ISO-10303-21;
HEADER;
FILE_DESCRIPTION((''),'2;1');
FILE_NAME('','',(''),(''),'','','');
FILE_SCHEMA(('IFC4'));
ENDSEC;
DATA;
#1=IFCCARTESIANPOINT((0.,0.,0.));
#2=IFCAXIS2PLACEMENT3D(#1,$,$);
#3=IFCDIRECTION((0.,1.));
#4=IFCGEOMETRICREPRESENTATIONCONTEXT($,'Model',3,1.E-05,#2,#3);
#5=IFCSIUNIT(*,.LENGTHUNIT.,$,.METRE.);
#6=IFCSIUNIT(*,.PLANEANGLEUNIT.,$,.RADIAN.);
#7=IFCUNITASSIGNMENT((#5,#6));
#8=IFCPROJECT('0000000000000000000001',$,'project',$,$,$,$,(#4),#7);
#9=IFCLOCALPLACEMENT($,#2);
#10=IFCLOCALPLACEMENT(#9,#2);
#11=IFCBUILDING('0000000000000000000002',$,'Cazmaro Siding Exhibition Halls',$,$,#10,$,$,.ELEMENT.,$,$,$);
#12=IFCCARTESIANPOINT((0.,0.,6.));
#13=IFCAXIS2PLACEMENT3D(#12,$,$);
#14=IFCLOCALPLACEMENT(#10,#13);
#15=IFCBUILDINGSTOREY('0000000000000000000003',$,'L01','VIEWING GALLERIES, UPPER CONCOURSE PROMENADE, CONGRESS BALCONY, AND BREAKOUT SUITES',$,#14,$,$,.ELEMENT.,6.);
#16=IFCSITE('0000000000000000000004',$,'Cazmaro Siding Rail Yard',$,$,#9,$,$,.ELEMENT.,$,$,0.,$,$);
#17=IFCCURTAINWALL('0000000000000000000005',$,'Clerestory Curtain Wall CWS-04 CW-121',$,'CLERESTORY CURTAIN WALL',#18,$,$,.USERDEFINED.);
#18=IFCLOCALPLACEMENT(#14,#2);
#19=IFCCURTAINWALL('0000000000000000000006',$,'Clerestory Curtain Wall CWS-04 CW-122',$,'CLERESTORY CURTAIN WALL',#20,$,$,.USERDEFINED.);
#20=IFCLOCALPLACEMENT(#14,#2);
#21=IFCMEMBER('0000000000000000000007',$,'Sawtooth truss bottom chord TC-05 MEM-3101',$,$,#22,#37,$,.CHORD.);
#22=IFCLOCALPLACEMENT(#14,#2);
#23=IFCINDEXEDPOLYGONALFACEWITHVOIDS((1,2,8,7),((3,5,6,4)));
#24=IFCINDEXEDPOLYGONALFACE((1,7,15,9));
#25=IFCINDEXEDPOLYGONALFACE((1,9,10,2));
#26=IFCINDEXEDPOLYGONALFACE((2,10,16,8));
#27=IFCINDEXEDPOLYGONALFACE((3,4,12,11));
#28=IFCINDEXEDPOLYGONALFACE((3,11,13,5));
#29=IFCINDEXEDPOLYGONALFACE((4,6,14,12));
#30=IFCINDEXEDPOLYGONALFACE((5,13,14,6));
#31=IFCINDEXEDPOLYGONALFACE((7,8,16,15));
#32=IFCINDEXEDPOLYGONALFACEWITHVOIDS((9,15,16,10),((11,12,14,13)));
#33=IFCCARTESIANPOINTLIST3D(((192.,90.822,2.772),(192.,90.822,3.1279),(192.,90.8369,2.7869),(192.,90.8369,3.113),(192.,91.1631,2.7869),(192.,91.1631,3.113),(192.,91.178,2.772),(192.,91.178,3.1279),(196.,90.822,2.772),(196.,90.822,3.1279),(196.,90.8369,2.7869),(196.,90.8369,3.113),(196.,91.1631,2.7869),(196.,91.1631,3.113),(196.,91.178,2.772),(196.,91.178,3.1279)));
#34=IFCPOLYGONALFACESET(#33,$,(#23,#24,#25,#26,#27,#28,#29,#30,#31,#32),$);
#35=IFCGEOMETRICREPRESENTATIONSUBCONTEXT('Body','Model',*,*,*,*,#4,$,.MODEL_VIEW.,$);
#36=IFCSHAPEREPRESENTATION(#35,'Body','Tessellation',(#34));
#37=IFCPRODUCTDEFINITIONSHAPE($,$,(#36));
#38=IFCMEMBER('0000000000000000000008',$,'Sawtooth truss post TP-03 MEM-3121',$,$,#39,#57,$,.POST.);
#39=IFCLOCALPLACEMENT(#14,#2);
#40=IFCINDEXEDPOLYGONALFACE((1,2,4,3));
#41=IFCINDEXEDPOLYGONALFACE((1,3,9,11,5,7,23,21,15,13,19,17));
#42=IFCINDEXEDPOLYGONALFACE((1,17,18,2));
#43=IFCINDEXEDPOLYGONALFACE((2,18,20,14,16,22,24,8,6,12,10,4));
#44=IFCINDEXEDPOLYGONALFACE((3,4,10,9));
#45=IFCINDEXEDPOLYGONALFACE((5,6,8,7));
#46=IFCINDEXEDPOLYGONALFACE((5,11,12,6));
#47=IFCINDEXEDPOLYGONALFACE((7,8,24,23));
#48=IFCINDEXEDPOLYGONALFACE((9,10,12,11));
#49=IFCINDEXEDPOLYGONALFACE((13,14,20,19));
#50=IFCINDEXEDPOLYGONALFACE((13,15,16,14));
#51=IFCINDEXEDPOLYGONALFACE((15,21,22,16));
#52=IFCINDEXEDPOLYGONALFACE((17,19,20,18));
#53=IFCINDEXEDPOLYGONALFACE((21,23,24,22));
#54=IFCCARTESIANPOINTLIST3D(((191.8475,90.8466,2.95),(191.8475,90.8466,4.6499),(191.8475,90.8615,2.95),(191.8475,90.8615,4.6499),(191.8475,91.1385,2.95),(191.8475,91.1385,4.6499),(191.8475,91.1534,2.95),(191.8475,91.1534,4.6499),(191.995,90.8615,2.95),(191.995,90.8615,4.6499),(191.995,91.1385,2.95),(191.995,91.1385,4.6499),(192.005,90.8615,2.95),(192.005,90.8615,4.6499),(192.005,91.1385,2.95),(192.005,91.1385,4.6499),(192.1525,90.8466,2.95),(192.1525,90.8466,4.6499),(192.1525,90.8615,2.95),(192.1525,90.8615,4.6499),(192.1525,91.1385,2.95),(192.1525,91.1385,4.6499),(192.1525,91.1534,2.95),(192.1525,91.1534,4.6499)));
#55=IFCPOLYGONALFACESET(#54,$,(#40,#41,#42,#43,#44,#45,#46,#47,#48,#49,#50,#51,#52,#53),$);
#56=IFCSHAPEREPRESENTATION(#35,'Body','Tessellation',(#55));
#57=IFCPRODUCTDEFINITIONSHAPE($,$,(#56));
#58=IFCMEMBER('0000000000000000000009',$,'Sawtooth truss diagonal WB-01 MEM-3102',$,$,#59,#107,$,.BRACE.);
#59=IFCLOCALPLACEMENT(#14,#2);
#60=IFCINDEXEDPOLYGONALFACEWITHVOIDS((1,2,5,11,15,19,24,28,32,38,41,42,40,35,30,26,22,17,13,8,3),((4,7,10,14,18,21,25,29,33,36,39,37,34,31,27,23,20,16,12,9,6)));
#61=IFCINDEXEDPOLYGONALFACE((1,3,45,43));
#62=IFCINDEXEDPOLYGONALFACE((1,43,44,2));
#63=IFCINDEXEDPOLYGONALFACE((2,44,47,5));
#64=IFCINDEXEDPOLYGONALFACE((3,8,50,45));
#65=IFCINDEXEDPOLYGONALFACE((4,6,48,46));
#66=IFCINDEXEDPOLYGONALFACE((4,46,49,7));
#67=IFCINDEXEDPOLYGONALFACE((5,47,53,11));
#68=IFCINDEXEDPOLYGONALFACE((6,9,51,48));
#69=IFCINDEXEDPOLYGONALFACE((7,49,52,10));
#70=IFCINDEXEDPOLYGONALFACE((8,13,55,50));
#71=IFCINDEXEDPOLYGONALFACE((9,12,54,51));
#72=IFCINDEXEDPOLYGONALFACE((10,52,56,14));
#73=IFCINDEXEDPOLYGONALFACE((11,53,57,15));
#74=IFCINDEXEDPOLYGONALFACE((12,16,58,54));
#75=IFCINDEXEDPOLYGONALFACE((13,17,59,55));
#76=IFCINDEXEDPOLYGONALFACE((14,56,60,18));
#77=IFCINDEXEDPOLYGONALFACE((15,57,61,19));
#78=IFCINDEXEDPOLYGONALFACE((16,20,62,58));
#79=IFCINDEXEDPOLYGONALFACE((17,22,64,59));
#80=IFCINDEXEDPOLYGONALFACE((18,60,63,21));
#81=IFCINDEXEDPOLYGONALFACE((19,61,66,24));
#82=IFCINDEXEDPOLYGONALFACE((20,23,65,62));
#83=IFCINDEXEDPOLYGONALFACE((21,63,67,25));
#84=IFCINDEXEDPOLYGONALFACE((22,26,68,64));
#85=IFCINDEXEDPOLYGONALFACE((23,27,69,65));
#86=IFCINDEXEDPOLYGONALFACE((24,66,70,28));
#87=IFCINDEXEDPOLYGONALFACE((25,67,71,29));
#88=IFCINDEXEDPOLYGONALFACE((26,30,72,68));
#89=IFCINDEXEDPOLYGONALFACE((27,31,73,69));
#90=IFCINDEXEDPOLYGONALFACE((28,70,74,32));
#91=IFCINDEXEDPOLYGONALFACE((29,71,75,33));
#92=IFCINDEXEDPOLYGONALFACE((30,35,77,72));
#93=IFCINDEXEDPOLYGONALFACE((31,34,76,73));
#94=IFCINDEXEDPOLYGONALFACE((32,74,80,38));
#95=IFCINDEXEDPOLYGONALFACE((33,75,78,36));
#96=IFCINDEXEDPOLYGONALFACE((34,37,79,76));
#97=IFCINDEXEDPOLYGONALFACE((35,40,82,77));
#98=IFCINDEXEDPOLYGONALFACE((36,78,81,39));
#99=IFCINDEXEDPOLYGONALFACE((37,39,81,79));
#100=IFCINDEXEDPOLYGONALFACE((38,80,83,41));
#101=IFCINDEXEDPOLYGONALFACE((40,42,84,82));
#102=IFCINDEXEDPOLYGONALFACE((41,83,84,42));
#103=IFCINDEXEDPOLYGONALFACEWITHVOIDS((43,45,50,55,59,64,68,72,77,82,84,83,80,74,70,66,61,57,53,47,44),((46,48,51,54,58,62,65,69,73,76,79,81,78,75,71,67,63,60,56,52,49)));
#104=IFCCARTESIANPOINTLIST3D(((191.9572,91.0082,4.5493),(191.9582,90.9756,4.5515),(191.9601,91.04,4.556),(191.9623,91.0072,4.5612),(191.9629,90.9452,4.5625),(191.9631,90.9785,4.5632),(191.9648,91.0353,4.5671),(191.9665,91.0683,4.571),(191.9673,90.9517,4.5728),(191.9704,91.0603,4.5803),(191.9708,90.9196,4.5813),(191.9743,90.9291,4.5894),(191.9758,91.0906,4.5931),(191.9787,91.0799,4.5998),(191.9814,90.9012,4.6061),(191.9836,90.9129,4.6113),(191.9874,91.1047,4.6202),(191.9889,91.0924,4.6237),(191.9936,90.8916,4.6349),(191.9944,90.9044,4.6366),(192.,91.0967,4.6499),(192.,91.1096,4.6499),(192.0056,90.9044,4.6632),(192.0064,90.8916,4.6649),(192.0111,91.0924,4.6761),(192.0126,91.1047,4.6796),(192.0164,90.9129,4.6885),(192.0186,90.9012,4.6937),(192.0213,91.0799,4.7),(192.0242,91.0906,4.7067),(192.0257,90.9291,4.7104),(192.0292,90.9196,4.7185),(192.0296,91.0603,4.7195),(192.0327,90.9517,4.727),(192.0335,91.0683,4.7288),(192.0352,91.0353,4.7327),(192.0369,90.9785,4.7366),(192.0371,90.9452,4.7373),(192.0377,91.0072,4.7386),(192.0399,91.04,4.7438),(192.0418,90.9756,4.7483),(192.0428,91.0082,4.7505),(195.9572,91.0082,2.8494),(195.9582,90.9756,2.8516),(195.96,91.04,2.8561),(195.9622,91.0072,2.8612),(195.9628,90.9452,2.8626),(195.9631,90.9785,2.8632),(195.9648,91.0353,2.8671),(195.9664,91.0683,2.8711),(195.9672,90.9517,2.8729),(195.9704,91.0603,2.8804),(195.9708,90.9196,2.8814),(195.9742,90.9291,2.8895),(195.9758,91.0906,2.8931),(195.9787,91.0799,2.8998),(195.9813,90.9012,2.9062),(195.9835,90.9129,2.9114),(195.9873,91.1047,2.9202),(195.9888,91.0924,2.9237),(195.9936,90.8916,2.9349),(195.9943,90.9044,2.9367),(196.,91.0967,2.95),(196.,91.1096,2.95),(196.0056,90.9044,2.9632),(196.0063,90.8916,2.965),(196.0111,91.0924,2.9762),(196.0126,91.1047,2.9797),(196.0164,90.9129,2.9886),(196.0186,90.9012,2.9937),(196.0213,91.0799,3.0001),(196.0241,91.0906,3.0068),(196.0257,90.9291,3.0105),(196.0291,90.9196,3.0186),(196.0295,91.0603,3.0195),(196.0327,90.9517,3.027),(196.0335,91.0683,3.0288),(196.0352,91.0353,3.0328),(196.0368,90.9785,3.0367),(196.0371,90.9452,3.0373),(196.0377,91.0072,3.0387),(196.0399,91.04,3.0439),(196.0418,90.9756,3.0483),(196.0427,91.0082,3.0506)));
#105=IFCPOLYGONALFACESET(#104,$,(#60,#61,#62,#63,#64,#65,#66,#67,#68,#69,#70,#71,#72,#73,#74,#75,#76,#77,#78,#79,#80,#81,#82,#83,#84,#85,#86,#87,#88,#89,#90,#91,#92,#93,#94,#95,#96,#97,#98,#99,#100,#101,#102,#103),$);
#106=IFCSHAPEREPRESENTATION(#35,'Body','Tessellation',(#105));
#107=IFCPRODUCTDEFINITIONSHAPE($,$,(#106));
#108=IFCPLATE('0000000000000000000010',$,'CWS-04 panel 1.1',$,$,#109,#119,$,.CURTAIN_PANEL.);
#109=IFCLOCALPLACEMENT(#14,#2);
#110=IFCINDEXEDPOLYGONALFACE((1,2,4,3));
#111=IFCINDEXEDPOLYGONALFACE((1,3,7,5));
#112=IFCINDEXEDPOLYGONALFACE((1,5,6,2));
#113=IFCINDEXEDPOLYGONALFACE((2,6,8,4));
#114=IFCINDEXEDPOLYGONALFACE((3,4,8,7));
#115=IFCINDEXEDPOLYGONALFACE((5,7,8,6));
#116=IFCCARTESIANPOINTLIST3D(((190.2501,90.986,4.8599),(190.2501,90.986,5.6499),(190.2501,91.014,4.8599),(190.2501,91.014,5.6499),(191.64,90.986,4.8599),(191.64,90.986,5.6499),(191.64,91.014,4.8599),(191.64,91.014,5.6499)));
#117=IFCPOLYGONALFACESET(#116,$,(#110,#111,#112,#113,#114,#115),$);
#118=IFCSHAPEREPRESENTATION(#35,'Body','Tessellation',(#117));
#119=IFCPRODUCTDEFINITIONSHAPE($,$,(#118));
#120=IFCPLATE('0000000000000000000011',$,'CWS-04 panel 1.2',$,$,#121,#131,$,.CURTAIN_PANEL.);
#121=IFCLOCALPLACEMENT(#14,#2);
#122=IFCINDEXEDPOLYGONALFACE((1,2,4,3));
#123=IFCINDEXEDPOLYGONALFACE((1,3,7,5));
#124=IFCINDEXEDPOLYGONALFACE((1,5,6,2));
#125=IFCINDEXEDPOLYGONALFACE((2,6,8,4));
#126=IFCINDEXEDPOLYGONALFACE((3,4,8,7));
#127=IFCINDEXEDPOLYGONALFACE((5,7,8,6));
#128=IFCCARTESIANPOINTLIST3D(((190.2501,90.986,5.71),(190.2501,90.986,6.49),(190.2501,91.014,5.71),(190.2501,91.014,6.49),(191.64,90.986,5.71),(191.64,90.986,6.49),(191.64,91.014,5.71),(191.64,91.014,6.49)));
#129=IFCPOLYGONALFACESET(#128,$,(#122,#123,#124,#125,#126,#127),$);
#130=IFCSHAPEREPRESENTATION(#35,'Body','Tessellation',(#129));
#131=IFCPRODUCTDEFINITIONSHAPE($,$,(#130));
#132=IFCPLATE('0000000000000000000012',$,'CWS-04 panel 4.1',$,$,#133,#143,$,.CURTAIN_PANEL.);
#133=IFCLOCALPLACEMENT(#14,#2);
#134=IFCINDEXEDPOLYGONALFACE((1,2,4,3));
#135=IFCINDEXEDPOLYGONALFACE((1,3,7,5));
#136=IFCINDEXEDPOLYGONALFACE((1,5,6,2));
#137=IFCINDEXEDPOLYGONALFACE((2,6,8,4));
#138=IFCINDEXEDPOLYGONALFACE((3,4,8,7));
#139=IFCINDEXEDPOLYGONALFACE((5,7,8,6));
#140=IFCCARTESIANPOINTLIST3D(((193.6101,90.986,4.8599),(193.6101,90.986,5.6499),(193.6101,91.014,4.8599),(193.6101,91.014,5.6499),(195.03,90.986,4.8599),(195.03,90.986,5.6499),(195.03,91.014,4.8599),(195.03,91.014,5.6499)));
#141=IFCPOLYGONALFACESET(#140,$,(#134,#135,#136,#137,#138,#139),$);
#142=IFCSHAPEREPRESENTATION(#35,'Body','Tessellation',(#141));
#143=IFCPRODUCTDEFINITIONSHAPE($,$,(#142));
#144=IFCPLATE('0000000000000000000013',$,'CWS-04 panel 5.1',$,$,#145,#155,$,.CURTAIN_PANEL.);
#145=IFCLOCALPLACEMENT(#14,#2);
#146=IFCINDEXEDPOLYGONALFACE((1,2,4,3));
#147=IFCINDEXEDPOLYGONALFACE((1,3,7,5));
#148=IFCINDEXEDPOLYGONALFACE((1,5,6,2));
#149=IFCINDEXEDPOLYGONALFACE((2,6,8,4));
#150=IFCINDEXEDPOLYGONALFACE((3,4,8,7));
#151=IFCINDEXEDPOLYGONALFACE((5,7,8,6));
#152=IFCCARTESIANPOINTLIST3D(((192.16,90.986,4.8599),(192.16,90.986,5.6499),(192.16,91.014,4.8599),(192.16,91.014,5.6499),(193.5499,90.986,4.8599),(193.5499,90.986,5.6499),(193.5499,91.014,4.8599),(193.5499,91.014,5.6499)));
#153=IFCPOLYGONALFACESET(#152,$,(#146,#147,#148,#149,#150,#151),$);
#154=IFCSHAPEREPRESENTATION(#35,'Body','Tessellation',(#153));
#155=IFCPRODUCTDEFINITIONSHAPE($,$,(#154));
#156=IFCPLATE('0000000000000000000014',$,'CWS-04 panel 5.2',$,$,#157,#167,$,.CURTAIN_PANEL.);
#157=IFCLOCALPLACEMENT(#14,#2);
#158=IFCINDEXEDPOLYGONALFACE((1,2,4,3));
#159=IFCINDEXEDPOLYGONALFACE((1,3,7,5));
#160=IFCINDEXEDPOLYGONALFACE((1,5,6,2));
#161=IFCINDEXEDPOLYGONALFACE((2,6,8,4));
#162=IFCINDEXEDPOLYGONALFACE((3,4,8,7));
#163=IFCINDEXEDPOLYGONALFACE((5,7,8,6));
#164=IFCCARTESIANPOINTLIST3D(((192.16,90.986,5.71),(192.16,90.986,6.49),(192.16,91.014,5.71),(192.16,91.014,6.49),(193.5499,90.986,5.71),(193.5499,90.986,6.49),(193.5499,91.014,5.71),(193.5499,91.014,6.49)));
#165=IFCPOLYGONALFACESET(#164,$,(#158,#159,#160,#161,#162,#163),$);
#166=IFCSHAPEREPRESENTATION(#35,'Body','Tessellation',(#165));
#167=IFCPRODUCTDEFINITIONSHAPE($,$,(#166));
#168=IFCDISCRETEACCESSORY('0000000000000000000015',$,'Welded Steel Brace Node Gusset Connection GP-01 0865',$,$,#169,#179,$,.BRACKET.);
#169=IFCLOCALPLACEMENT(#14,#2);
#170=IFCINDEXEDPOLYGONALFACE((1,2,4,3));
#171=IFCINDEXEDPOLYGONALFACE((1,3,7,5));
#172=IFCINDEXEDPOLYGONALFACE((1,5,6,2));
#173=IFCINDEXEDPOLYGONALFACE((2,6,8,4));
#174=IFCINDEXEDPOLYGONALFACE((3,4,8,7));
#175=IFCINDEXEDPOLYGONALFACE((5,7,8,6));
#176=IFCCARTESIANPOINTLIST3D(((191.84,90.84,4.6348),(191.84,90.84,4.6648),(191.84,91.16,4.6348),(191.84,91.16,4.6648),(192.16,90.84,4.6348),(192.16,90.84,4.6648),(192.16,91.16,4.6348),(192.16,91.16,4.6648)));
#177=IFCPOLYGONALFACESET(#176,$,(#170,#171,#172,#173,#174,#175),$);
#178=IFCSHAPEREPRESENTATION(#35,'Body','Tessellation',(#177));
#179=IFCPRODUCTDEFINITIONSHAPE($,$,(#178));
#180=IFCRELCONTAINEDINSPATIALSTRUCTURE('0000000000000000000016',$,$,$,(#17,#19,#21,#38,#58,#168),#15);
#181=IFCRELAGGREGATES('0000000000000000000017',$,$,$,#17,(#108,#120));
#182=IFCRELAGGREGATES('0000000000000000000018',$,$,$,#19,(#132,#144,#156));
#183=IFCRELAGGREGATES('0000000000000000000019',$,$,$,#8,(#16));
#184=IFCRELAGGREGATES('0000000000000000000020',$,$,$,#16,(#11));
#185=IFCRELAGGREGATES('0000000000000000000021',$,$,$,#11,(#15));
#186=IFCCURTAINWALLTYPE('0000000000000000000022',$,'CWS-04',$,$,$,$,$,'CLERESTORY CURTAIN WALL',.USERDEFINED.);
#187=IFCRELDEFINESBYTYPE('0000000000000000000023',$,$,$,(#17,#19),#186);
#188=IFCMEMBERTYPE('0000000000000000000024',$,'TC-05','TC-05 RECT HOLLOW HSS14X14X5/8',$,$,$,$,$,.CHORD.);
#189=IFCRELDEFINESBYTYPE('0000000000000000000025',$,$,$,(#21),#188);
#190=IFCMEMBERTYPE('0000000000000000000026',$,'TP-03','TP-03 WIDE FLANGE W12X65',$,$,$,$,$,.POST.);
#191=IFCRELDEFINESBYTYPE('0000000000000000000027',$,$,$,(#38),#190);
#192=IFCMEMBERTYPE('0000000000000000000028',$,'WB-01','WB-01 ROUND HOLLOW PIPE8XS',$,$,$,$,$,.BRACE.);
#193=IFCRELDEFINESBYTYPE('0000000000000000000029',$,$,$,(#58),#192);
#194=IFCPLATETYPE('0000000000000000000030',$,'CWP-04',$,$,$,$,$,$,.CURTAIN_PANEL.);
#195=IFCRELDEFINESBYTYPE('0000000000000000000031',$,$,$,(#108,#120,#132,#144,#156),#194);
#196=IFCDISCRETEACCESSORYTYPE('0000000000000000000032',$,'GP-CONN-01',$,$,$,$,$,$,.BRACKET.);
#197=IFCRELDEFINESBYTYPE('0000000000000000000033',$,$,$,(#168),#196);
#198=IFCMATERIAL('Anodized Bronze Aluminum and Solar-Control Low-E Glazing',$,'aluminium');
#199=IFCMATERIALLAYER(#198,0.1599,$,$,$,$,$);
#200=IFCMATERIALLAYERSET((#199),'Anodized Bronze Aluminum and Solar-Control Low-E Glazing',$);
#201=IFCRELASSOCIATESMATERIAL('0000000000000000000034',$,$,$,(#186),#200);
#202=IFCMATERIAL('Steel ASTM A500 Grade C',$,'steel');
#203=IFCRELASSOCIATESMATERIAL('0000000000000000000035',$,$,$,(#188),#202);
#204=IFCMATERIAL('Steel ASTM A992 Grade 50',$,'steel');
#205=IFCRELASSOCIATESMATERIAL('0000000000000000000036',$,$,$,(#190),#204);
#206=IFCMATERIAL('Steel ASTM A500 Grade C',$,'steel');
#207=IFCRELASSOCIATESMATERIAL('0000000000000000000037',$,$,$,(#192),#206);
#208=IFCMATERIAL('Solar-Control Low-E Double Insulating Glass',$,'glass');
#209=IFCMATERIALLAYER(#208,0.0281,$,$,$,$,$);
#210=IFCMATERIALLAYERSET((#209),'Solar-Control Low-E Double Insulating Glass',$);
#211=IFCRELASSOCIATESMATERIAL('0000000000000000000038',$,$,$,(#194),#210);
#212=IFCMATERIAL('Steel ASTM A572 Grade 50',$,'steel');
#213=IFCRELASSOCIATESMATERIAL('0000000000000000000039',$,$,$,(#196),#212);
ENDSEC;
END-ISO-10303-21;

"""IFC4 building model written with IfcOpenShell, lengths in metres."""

from ifc_helpers import new_model, si_unit, direction, frame, origin, origin_2d, place, context, subcontext, project, spatial, rectangle, hollow_rectangle, hollow_circle, i_section, extrude, material, layer, layer_set, material_profile, profile_set, type_object, element, aggregate, save


model = new_model("IFC4")

# Units and contexts
model_context = context("Model", 3, precision=1e-05, world=origin(), true_north=direction((0.0, 1.0)))
body_context = subcontext(model_context, "Body", "Model", "MODEL_VIEW")
ifc_project = project(units=[si_unit("LENGTHUNIT", "METRE"), si_unit("PLANEANGLEUNIT", "RADIAN")], contexts=[model_context])

# Site, building, storey
site_placement = place(None, origin())
site = spatial("IfcSite", under=ifc_project, at=site_placement, Name="Cazmaro Siding Rail Yard", CompositionType="ELEMENT", RefElevation=0.0)
building_placement = place(site_placement, origin())
building = spatial("IfcBuilding", under=site, at=building_placement, Name="Cazmaro Siding Exhibition Halls", CompositionType="ELEMENT")
storey_placement = place(building_placement, frame((0.0, 0.0, 6.0)))
storey = spatial("IfcBuildingStorey", under=building, at=storey_placement, Name="L01", Description="VIEWING GALLERIES, UPPER CONCOURSE PROMENADE, CONGRESS BALCONY, AND BREAKOUT SUITES", CompositionType="ELEMENT", Elevation=6.0)

# Curtain walls
ifc_material_1 = material(Name="Anodized Bronze Aluminum and Solar-Control Low-E Glazing", Category="aluminium")
ifc_layer_1 = layer(ifc_material_1, 0.1599)
ifc_layer_set_1 = layer_set([ifc_layer_1], Name="Anodized Bronze Aluminum and Solar-Control Low-E Glazing")
curtain_wall_type = type_object("IfcCurtainWallType", Name="CWS-04", ElementType="CLERESTORY CURTAIN WALL", PredefinedType="USERDEFINED", material=ifc_layer_set_1)
curtain_wall_1_placement = place(storey_placement, origin())
curtain_wall_1 = element("IfcCurtainWall", 1, at=curtain_wall_1_placement, inside=storey, type_object=curtain_wall_type, Name="Clerestory Curtain Wall CWS-04 CW-121", ObjectType="CLERESTORY CURTAIN WALL", PredefinedType="USERDEFINED")
curtain_wall_2_placement = place(storey_placement, origin())
curtain_wall_2 = element("IfcCurtainWall", 2, at=curtain_wall_2_placement, inside=storey, type_object=curtain_wall_type, Name="Clerestory Curtain Wall CWS-04 CW-122", ObjectType="CLERESTORY CURTAIN WALL", PredefinedType="USERDEFINED")

# Members
ifc_material_2 = material(Name="Steel ASTM A500 Grade C", Category="steel")
ifc_material_profile_1 = material_profile(ifc_material_2, hollow_rectangle(XDim=0.356, YDim=0.356, WallThickness=0.0149, at=origin_2d()), Name="HSS14X14X5/8")
ifc_profile_set_1 = profile_set([ifc_material_profile_1], Name="Steel ASTM A500 Grade C")
member_type_1 = type_object("IfcMemberType", Name="TC-05", Description="TC-05 RECT HOLLOW HSS14X14X5/8", PredefinedType="CHORD", material=ifc_profile_set_1)
member_1_placement = place(storey_placement, frame((192.0, 91.0, 2.95), z_axis=(1.0, 0.0, 0.0), x_axis=(0.0, 1.0, 0.0)))
element("IfcMember", 3, at=member_1_placement, inside=storey, type_object=member_type_1, Name="Sawtooth truss bottom chord TC-05 MEM-3101", PredefinedType="CHORD", context=body_context, shape_type="SweptSolid", body=[
    extrude(hollow_rectangle(XDim=0.356, YDim=0.356, WallThickness=0.0149, at=origin_2d()), origin(), (0.0, 0.0, 1.0), 4.0),
])
ifc_material_3 = material(Name="Steel ASTM A992 Grade 50", Category="steel")
ifc_material_profile_2 = material_profile(ifc_material_3, i_section(OverallWidth=0.3049, OverallDepth=0.3069, WebThickness=0.01, FlangeThickness=0.0149, at=origin_2d()), Name="W12X65")
ifc_profile_set_2 = profile_set([ifc_material_profile_2], Name="Steel ASTM A992 Grade 50")
member_type_2 = type_object("IfcMemberType", Name="TP-03", Description="TP-03 WIDE FLANGE W12X65", PredefinedType="POST", material=ifc_profile_set_2)
member_2_placement = place(storey_placement, frame((192.0, 91.0, 2.95), z_axis=(0.0, 0.0, 1.0), x_axis=(1.0, 0.0, 0.0)))
element("IfcMember", 4, at=member_2_placement, inside=storey, type_object=member_type_2, Name="Sawtooth truss post TP-03 MEM-3121", PredefinedType="POST", context=body_context, shape_type="SweptSolid", body=[
    extrude(i_section(OverallWidth=0.3049, OverallDepth=0.3069, WebThickness=0.01, FlangeThickness=0.0149, at=origin_2d()), origin(), (0.0, 0.0, 1.0), 1.7),
])
ifc_material_4 = material(Name="Steel ASTM A500 Grade C", Category="steel")
ifc_material_profile_3 = material_profile(ifc_material_4, hollow_circle(Radius=0.1096, WallThickness=0.0129, at=origin_2d()), Name="PIPE8XS")
ifc_profile_set_3 = profile_set([ifc_material_profile_3], Name="Steel ASTM A500 Grade C")
member_type_3 = type_object("IfcMemberType", Name="WB-01", Description="WB-01 ROUND HOLLOW PIPE8XS", PredefinedType="BRACE", material=ifc_profile_set_3)
member_3_placement = place(storey_placement, frame((192.0, 91.0, 4.6499), z_axis=(0.920335, 0.0, -0.391131), x_axis=(0.0, 1.0, 0.0)))
element("IfcMember", 5, at=member_3_placement, inside=storey, type_object=member_type_3, Name="Sawtooth truss diagonal WB-01 MEM-3102", PredefinedType="BRACE", context=body_context, shape_type="SweptSolid", body=[
    extrude(hollow_circle(Radius=0.1096, WallThickness=0.0129, at=origin_2d()), origin(), (0.0, 0.0, 1.0), 4.3462),
])

# Plates
ifc_material_5 = material(Name="Solar-Control Low-E Double Insulating Glass", Category="glass")
ifc_layer_2 = layer(ifc_material_5, 0.0281)
ifc_layer_set_2 = layer_set([ifc_layer_2], Name="Solar-Control Low-E Double Insulating Glass")
plate_type = type_object("IfcPlateType", Name="CWP-04", PredefinedType="CURTAIN_PANEL", material=ifc_layer_set_2)
plate_1_placement = place(storey_placement, frame((190.9451, 91.0, 4.8599), z_axis=(0.0, 0.0, 1.0), x_axis=(-1.0, 0.0, 0.0)))
plate_1 = element("IfcPlate", 6, at=plate_1_placement, type_object=plate_type, Name="CWS-04 panel 1.1", PredefinedType="CURTAIN_PANEL", context=body_context, shape_type="SweptSolid", body=[
    extrude(rectangle(XDim=1.3899, YDim=0.0281, at=origin_2d()), origin(), (0.0, 0.0, 1.0), 0.79),
])
plate_2_placement = place(storey_placement, frame((190.9451, 91.0, 5.71), z_axis=(0.0, 0.0, 1.0), x_axis=(-1.0, 0.0, 0.0)))
plate_2 = element("IfcPlate", 7, at=plate_2_placement, type_object=plate_type, Name="CWS-04 panel 1.2", PredefinedType="CURTAIN_PANEL", context=body_context, shape_type="SweptSolid", body=[
    extrude(rectangle(XDim=1.3899, YDim=0.0281, at=origin_2d()), origin(), (0.0, 0.0, 1.0), 0.78),
])
aggregate(curtain_wall_1, [plate_1, plate_2])
plate_3_placement = place(storey_placement, frame((194.3201, 91.0, 4.8599), z_axis=(0.0, 0.0, 1.0), x_axis=(-1.0, 0.0, 0.0)))
plate_3 = element("IfcPlate", 8, at=plate_3_placement, type_object=plate_type, Name="CWS-04 panel 4.1", PredefinedType="CURTAIN_PANEL", context=body_context, shape_type="SweptSolid", body=[
    extrude(rectangle(XDim=1.4199, YDim=0.0281, at=origin_2d()), origin(), (0.0, 0.0, 1.0), 0.79),
])
plate_4_placement = place(storey_placement, frame((192.855, 91.0, 4.8599), z_axis=(0.0, 0.0, 1.0), x_axis=(-1.0, 0.0, 0.0)))
plate_4 = element("IfcPlate", 9, at=plate_4_placement, type_object=plate_type, Name="CWS-04 panel 5.1", PredefinedType="CURTAIN_PANEL", context=body_context, shape_type="SweptSolid", body=[
    extrude(rectangle(XDim=1.3899, YDim=0.0281, at=origin_2d()), origin(), (0.0, 0.0, 1.0), 0.79),
])
plate_5_placement = place(storey_placement, frame((192.855, 91.0, 5.71), z_axis=(0.0, 0.0, 1.0), x_axis=(-1.0, 0.0, 0.0)))
plate_5 = element("IfcPlate", 10, at=plate_5_placement, type_object=plate_type, Name="CWS-04 panel 5.2", PredefinedType="CURTAIN_PANEL", context=body_context, shape_type="SweptSolid", body=[
    extrude(rectangle(XDim=1.3899, YDim=0.0281, at=origin_2d()), origin(), (0.0, 0.0, 1.0), 0.78),
])
aggregate(curtain_wall_2, [plate_3, plate_4, plate_5])

# Discrete accessory
ifc_material_6 = material(Name="Steel ASTM A572 Grade 50", Category="steel")
discrete_accessory_type = type_object("IfcDiscreteAccessoryType", Name="GP-CONN-01", PredefinedType="BRACKET", material=ifc_material_6)
discrete_accessory_placement = place(storey_placement, frame((192.0, 91.0, 4.6348), z_axis=(0.0, 0.0, 1.0), x_axis=(1.0, 0.0, 0.0)))
element("IfcDiscreteAccessory", 11, at=discrete_accessory_placement, inside=storey, type_object=discrete_accessory_type, Name="Welded Steel Brace Node Gusset Connection GP-01 0865", PredefinedType="BRACKET", context=body_context, shape_type="SweptSolid", body=[
    extrude(rectangle(XDim=0.3201, YDim=0.3201, at=origin_2d()), origin(), (0.0, 0.0, 1.0), 0.03),
])

save(model, "model.ifc")
